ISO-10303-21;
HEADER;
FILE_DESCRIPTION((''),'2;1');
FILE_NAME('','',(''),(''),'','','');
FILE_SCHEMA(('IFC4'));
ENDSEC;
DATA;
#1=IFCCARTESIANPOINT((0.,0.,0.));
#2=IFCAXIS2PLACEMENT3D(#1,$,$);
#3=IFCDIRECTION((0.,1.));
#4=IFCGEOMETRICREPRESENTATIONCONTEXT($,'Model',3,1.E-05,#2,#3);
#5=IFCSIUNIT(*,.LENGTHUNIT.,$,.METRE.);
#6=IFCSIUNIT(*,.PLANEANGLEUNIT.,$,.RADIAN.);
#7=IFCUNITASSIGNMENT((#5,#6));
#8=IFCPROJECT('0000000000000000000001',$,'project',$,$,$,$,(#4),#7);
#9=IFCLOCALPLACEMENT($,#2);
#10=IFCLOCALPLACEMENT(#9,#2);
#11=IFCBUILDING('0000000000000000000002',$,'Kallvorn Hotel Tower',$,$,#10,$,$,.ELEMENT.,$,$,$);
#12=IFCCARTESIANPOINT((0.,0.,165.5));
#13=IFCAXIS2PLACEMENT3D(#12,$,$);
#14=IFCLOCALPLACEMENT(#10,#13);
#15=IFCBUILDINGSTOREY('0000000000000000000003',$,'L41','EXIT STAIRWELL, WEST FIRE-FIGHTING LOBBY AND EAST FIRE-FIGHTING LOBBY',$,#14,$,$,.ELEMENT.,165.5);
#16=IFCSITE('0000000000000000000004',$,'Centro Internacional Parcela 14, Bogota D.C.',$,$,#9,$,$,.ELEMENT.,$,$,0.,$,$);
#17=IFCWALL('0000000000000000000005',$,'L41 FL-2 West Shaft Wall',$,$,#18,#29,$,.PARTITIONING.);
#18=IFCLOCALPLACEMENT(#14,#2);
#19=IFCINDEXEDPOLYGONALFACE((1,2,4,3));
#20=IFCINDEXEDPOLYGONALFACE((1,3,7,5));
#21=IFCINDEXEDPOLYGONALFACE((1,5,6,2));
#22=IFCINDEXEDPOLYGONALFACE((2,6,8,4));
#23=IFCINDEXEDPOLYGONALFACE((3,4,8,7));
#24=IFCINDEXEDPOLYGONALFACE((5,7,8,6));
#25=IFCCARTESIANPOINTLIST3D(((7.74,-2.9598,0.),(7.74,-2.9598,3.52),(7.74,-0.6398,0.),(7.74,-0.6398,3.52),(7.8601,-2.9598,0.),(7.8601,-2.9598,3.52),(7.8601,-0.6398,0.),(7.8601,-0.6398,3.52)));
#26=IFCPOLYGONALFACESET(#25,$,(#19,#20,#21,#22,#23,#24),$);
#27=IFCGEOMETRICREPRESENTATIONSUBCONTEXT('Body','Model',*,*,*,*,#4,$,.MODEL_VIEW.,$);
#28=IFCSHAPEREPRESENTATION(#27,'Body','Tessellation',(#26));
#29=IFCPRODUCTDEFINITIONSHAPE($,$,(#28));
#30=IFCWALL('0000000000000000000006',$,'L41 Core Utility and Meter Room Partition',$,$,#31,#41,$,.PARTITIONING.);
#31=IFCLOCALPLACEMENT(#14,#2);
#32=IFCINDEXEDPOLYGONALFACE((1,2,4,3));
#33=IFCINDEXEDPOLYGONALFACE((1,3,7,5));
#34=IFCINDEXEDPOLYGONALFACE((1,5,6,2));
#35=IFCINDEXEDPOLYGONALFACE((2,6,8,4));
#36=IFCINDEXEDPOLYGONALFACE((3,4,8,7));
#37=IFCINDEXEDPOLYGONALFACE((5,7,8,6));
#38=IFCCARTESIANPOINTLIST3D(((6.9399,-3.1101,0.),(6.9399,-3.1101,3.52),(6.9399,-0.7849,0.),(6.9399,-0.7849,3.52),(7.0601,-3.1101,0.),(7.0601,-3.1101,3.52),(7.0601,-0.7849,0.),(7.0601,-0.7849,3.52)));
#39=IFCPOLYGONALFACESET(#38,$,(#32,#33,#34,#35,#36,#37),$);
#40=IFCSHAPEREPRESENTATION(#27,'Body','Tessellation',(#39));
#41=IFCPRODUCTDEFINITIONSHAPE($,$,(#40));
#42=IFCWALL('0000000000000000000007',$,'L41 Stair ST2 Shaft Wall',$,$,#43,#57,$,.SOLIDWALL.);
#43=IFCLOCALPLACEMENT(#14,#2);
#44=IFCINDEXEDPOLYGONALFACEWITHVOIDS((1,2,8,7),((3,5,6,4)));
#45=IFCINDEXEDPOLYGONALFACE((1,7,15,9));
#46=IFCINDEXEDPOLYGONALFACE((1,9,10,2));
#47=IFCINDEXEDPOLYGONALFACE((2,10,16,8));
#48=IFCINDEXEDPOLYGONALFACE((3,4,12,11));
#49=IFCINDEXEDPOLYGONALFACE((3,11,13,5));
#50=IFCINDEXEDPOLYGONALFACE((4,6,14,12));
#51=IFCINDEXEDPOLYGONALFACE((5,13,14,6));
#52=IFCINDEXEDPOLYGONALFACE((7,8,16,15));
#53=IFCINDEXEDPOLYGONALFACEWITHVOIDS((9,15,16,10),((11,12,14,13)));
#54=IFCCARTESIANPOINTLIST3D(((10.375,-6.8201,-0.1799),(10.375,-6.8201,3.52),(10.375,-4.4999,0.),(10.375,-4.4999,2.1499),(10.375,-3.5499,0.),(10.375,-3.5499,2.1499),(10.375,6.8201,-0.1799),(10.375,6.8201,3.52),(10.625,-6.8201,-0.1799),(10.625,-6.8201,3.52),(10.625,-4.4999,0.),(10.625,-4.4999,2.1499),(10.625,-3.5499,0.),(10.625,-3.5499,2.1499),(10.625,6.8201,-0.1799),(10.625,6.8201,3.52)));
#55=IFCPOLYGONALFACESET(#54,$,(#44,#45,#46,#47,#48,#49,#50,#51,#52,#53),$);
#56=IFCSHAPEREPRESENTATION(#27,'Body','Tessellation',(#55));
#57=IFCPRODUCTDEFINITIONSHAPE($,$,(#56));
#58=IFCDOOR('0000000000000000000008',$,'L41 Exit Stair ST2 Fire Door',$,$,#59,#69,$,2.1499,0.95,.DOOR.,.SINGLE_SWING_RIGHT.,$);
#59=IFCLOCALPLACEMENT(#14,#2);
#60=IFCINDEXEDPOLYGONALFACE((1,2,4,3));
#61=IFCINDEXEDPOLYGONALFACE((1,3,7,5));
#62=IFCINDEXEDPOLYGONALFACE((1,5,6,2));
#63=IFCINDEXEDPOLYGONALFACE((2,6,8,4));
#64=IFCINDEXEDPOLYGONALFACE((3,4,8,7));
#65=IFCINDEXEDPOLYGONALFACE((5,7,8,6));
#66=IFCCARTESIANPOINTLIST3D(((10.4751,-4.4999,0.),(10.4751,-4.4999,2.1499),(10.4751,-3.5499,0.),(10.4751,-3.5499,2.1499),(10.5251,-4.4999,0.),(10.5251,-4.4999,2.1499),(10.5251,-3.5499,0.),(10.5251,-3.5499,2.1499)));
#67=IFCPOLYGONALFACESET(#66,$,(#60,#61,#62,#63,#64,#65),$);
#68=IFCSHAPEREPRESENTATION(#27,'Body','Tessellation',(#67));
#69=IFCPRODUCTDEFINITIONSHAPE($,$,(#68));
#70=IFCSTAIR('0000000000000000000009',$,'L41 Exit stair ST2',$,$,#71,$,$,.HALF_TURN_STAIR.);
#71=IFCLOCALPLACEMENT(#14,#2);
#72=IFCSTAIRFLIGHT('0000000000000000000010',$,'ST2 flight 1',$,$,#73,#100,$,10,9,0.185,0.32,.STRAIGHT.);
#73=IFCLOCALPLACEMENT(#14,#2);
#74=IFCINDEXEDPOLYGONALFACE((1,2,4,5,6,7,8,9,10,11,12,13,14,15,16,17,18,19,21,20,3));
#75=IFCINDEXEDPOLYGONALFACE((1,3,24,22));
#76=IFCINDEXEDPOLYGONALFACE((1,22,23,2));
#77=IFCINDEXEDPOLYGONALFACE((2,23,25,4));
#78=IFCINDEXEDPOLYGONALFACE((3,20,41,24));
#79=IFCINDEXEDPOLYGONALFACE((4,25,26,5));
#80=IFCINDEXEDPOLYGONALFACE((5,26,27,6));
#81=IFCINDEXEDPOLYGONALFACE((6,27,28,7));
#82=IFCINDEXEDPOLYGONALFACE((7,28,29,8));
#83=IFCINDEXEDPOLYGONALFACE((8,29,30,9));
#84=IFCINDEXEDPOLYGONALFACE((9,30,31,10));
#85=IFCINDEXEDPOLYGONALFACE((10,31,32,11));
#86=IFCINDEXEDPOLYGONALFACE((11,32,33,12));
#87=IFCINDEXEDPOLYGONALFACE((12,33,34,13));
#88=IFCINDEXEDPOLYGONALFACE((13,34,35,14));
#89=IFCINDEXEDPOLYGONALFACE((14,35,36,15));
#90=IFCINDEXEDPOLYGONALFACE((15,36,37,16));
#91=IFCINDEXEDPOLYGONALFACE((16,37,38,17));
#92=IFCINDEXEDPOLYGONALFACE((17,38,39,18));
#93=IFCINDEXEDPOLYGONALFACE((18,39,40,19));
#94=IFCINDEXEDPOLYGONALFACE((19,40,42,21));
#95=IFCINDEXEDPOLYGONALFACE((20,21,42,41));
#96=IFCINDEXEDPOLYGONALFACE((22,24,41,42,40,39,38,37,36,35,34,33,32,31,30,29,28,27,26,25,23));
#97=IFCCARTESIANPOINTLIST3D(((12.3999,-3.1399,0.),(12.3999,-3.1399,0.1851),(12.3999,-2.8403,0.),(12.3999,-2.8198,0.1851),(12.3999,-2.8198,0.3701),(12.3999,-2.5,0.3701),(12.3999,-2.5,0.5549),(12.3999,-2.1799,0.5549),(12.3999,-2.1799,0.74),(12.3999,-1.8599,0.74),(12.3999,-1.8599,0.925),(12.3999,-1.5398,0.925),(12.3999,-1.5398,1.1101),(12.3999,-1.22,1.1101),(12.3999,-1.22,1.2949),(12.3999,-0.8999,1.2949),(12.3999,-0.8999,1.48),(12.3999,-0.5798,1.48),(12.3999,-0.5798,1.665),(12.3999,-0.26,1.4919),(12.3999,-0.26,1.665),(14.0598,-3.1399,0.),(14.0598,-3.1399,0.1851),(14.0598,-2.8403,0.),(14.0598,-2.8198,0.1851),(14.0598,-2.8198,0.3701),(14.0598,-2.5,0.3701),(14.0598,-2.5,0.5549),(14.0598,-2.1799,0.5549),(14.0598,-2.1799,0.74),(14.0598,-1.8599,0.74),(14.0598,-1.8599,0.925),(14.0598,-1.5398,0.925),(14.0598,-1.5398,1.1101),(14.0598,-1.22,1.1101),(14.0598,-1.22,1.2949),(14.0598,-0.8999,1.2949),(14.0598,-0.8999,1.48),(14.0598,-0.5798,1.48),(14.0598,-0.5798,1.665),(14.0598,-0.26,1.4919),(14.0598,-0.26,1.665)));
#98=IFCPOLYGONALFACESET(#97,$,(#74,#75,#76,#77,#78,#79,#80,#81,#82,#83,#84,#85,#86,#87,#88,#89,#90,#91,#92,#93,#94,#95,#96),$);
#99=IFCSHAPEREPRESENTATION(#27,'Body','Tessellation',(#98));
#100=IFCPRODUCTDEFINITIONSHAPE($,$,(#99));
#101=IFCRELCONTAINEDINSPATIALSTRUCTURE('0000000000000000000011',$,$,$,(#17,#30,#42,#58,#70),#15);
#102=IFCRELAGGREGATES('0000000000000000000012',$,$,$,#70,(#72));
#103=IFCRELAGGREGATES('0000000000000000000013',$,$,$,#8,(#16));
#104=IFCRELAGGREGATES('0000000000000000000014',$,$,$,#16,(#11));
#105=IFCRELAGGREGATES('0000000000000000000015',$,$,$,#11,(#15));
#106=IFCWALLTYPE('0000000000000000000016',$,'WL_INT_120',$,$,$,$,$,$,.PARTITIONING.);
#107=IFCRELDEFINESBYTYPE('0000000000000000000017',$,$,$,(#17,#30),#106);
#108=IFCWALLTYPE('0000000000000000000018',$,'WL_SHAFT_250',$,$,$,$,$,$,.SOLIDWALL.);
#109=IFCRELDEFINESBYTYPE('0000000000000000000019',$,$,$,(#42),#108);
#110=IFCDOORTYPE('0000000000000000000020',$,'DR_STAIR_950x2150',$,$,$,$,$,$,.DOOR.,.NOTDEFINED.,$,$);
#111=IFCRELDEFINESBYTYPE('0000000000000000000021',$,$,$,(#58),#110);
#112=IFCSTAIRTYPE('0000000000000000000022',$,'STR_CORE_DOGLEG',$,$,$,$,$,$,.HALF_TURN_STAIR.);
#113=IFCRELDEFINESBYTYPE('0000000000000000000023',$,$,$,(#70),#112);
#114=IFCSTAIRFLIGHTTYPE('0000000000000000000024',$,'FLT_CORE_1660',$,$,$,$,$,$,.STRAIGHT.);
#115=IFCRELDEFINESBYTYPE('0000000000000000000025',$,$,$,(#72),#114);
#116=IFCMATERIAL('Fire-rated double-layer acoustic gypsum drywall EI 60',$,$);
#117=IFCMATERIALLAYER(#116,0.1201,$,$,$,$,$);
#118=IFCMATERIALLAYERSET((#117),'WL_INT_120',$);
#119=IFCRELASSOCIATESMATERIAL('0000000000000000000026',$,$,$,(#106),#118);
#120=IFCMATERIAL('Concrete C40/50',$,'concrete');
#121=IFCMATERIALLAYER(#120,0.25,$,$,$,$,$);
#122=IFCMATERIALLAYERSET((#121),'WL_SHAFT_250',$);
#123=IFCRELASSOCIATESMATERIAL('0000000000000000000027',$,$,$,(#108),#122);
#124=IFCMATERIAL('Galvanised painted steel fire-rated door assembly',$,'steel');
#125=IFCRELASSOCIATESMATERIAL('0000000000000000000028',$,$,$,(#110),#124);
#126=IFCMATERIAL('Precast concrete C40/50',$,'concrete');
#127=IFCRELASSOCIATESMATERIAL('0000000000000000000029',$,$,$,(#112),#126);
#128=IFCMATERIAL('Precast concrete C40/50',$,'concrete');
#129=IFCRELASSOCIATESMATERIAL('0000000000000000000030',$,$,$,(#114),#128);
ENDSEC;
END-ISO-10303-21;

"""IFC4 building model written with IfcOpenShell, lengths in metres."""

from ifc_helpers import new_model, si_unit, direction, frame, frame_2d, origin, place, context, subcontext, project, spatial, polyline, rectangle, outline, extrude, material, layer, layer_set, type_object, element, fill, aggregate, save


model = new_model("IFC4")

# Units and contexts
model_context = context("Model", 3, precision=1e-05, world=origin(), true_north=direction((0.0, 1.0)))
body_context = subcontext(model_context, "Body", "Model", "MODEL_VIEW")
ifc_project = project(units=[si_unit("LENGTHUNIT", "METRE"), si_unit("PLANEANGLEUNIT", "RADIAN")], contexts=[model_context])

# Site, building, storey
site_placement = place(None, origin())
site = spatial("IfcSite", under=ifc_project, at=site_placement, Name="Centro Internacional Parcela 14, Bogota D.C.", CompositionType="ELEMENT", RefElevation=0.0)
building_placement = place(site_placement, origin())
building = spatial("IfcBuilding", under=site, at=building_placement, Name="Kallvorn Hotel Tower", CompositionType="ELEMENT")
storey_placement = place(building_placement, frame((0.0, 0.0, 165.5)))
storey = spatial("IfcBuildingStorey", under=building, at=storey_placement, Name="L41", Description="EXIT STAIRWELL, WEST FIRE-FIGHTING LOBBY AND EAST FIRE-FIGHTING LOBBY", CompositionType="ELEMENT", Elevation=165.5)

# Walls
ifc_material_1 = material(Name="Fire-rated double-layer acoustic gypsum drywall EI 60")
ifc_layer_1 = layer(ifc_material_1, 0.1201)
ifc_layer_set_1 = layer_set([ifc_layer_1], Name="WL_INT_120")
wall_type_1 = type_object("IfcWallType", Name="WL_INT_120", PredefinedType="PARTITIONING", material=ifc_layer_set_1)
wall_1_placement = place(storey_placement, frame((7.8, -2.96, 0.0), z_axis=(0.0, 0.0, 1.0), x_axis=(0.0, 1.0, 0.0)))
element("IfcWall", 1, at=wall_1_placement, inside=storey, type_object=wall_type_1, Name="L41 FL-2 West Shaft Wall", PredefinedType="PARTITIONING", context=body_context, shape_type="SweptSolid", body=[
    extrude(rectangle(XDim=2.3201, YDim=0.1201, at=frame_2d((1.1602, 0.0))), origin(), (0.0, 0.0, 1.0), 3.52),
])
wall_2_placement = place(storey_placement, frame((7.0, -3.1101, 0.0), z_axis=(0.0, 0.0, 1.0), x_axis=(0.0, 1.0, 0.0)))
element("IfcWall", 2, at=wall_2_placement, inside=storey, type_object=wall_type_1, Name="L41 Core Utility and Meter Room Partition", PredefinedType="PARTITIONING", context=body_context, shape_type="SweptSolid", body=[
    extrude(rectangle(XDim=2.3252, YDim=0.1201, at=frame_2d((1.1626, 0.0))), origin(), (0.0, 0.0, 1.0), 3.52),
])

# Wall, opening, door
ifc_material_2 = material(Name="Concrete C40/50", Category="concrete")
ifc_layer_2 = layer(ifc_material_2, 0.25)
ifc_layer_set_2 = layer_set([ifc_layer_2], Name="WL_SHAFT_250")
wall_type_2 = type_object("IfcWallType", Name="WL_SHAFT_250", PredefinedType="SOLIDWALL", material=ifc_layer_set_2)
wall_3_placement = place(storey_placement, frame((10.5, -6.8201, -0.1799), z_axis=(0.0, 0.0, 1.0), x_axis=(0.0, 1.0, 0.0)))
wall_3 = element("IfcWall", 3, at=wall_3_placement, inside=storey, type_object=wall_type_2, Name="L41 Stair ST2 Shaft Wall", PredefinedType="SOLIDWALL", context=body_context, shape_type="SweptSolid", body=[
    extrude(rectangle(XDim=13.6401, YDim=0.25, at=frame_2d((6.8201, 0.0))), origin(), (0.0, 0.0, 1.0), 3.7),
])
opening_1_placement = place(wall_3_placement, frame((2.3201, 0.0, 0.1799)))
opening_1 = element("IfcOpeningElement", 4, at=opening_1_placement, cuts=wall_3, PredefinedType="OPENING", context=body_context, shape_type="SweptSolid", body=[
    extrude(rectangle(XDim=0.95, YDim=2.1499, at=frame_2d((0.4751, 1.075))), frame((0.0, 0.1399, 0.0), z_axis=(0.0, -1.0, 0.0), x_axis=(1.0, 0.0, 0.0)), (0.0, 0.0, 1.0), 0.28),
])
ifc_material_3 = material(Name="Galvanised painted steel fire-rated door assembly", Category="steel")
door_type_1 = type_object("IfcDoorType", Name="DR_STAIR_950x2150", OperationType="NOTDEFINED", PredefinedType="DOOR", material=ifc_material_3)
door_1_placement = place(opening_1_placement, origin())
door_1 = element("IfcDoor", 5, at=door_1_placement, inside=storey, type_object=door_type_1, Name="L41 Exit Stair ST2 Fire Door", OperationType="SINGLE_SWING_RIGHT", OverallHeight=2.1499, OverallWidth=0.95, PredefinedType="DOOR", context=body_context, shape_type="SweptSolid", body=[
    extrude(rectangle(XDim=0.95, YDim=2.1499, at=frame_2d((0.4751, 1.075))), frame((0.0, 0.0249, 0.0), z_axis=(0.0, -1.0, 0.0), x_axis=(1.0, 0.0, 0.0)), (0.0, 0.0, 1.0), 0.05),
])
fill(opening_1, door_1)

# Stair, stair flight
ifc_material_4 = material(Name="Precast concrete C40/50", Category="concrete")
stair_type = type_object("IfcStairType", Name="STR_CORE_DOGLEG", PredefinedType="HALF_TURN_STAIR", material=ifc_material_4)
stair_placement = place(storey_placement, origin())
stair = element("IfcStair", 6, at=stair_placement, inside=storey, type_object=stair_type, Name="L41 Exit stair ST2", PredefinedType="HALF_TURN_STAIR")
ifc_material_5 = material(Name="Precast concrete C40/50", Category="concrete")
stair_flight_type = type_object("IfcStairFlightType", Name="FLT_CORE_1660", PredefinedType="STRAIGHT", material=ifc_material_5)
stair_flight_placement = place(storey_placement, frame((13.23, -3.1399, 0.0), z_axis=(0.0, 0.0, 1.0), x_axis=(0.0, 1.0, 0.0)))
stair_flight = element("IfcStairFlight", 7, at=stair_flight_placement, type_object=stair_flight_type, Name="ST2 flight 1", NumberOfRisers=10, NumberOfTreads=9, PredefinedType="STRAIGHT", RiserHeight=0.185, TreadLength=0.32, context=body_context, shape_type="SweptSolid", body=[
    extrude(outline(polyline([(0.0, 0.0), (0.0, 0.1851), (0.3201, 0.1851), (0.3201, 0.3701), (0.6399, 0.3701), (0.6399, 0.5549), (0.96, 0.5549), (0.96, 0.74), (1.28, 0.74), (1.28, 0.925), (1.6001, 0.925), (1.6001, 1.1101), (1.9199, 1.1101), (1.9199, 1.2949), (2.24, 1.2949), (2.24, 1.48), (2.5601, 1.48), (2.5601, 1.665), (2.8799, 1.665), (2.8799, 1.8501), (2.8799, 1.4919), (0.2996, 0.0), (0.0, 0.0)])), frame((0.0, 0.8301, 0.0), z_axis=(0.0, -1.0, 0.0), x_axis=(1.0, 0.0, 0.0)), (0.0, 0.0, 1.0), 1.6599),
])
aggregate(stair, [stair_flight])

save(model, "model.ifc")
